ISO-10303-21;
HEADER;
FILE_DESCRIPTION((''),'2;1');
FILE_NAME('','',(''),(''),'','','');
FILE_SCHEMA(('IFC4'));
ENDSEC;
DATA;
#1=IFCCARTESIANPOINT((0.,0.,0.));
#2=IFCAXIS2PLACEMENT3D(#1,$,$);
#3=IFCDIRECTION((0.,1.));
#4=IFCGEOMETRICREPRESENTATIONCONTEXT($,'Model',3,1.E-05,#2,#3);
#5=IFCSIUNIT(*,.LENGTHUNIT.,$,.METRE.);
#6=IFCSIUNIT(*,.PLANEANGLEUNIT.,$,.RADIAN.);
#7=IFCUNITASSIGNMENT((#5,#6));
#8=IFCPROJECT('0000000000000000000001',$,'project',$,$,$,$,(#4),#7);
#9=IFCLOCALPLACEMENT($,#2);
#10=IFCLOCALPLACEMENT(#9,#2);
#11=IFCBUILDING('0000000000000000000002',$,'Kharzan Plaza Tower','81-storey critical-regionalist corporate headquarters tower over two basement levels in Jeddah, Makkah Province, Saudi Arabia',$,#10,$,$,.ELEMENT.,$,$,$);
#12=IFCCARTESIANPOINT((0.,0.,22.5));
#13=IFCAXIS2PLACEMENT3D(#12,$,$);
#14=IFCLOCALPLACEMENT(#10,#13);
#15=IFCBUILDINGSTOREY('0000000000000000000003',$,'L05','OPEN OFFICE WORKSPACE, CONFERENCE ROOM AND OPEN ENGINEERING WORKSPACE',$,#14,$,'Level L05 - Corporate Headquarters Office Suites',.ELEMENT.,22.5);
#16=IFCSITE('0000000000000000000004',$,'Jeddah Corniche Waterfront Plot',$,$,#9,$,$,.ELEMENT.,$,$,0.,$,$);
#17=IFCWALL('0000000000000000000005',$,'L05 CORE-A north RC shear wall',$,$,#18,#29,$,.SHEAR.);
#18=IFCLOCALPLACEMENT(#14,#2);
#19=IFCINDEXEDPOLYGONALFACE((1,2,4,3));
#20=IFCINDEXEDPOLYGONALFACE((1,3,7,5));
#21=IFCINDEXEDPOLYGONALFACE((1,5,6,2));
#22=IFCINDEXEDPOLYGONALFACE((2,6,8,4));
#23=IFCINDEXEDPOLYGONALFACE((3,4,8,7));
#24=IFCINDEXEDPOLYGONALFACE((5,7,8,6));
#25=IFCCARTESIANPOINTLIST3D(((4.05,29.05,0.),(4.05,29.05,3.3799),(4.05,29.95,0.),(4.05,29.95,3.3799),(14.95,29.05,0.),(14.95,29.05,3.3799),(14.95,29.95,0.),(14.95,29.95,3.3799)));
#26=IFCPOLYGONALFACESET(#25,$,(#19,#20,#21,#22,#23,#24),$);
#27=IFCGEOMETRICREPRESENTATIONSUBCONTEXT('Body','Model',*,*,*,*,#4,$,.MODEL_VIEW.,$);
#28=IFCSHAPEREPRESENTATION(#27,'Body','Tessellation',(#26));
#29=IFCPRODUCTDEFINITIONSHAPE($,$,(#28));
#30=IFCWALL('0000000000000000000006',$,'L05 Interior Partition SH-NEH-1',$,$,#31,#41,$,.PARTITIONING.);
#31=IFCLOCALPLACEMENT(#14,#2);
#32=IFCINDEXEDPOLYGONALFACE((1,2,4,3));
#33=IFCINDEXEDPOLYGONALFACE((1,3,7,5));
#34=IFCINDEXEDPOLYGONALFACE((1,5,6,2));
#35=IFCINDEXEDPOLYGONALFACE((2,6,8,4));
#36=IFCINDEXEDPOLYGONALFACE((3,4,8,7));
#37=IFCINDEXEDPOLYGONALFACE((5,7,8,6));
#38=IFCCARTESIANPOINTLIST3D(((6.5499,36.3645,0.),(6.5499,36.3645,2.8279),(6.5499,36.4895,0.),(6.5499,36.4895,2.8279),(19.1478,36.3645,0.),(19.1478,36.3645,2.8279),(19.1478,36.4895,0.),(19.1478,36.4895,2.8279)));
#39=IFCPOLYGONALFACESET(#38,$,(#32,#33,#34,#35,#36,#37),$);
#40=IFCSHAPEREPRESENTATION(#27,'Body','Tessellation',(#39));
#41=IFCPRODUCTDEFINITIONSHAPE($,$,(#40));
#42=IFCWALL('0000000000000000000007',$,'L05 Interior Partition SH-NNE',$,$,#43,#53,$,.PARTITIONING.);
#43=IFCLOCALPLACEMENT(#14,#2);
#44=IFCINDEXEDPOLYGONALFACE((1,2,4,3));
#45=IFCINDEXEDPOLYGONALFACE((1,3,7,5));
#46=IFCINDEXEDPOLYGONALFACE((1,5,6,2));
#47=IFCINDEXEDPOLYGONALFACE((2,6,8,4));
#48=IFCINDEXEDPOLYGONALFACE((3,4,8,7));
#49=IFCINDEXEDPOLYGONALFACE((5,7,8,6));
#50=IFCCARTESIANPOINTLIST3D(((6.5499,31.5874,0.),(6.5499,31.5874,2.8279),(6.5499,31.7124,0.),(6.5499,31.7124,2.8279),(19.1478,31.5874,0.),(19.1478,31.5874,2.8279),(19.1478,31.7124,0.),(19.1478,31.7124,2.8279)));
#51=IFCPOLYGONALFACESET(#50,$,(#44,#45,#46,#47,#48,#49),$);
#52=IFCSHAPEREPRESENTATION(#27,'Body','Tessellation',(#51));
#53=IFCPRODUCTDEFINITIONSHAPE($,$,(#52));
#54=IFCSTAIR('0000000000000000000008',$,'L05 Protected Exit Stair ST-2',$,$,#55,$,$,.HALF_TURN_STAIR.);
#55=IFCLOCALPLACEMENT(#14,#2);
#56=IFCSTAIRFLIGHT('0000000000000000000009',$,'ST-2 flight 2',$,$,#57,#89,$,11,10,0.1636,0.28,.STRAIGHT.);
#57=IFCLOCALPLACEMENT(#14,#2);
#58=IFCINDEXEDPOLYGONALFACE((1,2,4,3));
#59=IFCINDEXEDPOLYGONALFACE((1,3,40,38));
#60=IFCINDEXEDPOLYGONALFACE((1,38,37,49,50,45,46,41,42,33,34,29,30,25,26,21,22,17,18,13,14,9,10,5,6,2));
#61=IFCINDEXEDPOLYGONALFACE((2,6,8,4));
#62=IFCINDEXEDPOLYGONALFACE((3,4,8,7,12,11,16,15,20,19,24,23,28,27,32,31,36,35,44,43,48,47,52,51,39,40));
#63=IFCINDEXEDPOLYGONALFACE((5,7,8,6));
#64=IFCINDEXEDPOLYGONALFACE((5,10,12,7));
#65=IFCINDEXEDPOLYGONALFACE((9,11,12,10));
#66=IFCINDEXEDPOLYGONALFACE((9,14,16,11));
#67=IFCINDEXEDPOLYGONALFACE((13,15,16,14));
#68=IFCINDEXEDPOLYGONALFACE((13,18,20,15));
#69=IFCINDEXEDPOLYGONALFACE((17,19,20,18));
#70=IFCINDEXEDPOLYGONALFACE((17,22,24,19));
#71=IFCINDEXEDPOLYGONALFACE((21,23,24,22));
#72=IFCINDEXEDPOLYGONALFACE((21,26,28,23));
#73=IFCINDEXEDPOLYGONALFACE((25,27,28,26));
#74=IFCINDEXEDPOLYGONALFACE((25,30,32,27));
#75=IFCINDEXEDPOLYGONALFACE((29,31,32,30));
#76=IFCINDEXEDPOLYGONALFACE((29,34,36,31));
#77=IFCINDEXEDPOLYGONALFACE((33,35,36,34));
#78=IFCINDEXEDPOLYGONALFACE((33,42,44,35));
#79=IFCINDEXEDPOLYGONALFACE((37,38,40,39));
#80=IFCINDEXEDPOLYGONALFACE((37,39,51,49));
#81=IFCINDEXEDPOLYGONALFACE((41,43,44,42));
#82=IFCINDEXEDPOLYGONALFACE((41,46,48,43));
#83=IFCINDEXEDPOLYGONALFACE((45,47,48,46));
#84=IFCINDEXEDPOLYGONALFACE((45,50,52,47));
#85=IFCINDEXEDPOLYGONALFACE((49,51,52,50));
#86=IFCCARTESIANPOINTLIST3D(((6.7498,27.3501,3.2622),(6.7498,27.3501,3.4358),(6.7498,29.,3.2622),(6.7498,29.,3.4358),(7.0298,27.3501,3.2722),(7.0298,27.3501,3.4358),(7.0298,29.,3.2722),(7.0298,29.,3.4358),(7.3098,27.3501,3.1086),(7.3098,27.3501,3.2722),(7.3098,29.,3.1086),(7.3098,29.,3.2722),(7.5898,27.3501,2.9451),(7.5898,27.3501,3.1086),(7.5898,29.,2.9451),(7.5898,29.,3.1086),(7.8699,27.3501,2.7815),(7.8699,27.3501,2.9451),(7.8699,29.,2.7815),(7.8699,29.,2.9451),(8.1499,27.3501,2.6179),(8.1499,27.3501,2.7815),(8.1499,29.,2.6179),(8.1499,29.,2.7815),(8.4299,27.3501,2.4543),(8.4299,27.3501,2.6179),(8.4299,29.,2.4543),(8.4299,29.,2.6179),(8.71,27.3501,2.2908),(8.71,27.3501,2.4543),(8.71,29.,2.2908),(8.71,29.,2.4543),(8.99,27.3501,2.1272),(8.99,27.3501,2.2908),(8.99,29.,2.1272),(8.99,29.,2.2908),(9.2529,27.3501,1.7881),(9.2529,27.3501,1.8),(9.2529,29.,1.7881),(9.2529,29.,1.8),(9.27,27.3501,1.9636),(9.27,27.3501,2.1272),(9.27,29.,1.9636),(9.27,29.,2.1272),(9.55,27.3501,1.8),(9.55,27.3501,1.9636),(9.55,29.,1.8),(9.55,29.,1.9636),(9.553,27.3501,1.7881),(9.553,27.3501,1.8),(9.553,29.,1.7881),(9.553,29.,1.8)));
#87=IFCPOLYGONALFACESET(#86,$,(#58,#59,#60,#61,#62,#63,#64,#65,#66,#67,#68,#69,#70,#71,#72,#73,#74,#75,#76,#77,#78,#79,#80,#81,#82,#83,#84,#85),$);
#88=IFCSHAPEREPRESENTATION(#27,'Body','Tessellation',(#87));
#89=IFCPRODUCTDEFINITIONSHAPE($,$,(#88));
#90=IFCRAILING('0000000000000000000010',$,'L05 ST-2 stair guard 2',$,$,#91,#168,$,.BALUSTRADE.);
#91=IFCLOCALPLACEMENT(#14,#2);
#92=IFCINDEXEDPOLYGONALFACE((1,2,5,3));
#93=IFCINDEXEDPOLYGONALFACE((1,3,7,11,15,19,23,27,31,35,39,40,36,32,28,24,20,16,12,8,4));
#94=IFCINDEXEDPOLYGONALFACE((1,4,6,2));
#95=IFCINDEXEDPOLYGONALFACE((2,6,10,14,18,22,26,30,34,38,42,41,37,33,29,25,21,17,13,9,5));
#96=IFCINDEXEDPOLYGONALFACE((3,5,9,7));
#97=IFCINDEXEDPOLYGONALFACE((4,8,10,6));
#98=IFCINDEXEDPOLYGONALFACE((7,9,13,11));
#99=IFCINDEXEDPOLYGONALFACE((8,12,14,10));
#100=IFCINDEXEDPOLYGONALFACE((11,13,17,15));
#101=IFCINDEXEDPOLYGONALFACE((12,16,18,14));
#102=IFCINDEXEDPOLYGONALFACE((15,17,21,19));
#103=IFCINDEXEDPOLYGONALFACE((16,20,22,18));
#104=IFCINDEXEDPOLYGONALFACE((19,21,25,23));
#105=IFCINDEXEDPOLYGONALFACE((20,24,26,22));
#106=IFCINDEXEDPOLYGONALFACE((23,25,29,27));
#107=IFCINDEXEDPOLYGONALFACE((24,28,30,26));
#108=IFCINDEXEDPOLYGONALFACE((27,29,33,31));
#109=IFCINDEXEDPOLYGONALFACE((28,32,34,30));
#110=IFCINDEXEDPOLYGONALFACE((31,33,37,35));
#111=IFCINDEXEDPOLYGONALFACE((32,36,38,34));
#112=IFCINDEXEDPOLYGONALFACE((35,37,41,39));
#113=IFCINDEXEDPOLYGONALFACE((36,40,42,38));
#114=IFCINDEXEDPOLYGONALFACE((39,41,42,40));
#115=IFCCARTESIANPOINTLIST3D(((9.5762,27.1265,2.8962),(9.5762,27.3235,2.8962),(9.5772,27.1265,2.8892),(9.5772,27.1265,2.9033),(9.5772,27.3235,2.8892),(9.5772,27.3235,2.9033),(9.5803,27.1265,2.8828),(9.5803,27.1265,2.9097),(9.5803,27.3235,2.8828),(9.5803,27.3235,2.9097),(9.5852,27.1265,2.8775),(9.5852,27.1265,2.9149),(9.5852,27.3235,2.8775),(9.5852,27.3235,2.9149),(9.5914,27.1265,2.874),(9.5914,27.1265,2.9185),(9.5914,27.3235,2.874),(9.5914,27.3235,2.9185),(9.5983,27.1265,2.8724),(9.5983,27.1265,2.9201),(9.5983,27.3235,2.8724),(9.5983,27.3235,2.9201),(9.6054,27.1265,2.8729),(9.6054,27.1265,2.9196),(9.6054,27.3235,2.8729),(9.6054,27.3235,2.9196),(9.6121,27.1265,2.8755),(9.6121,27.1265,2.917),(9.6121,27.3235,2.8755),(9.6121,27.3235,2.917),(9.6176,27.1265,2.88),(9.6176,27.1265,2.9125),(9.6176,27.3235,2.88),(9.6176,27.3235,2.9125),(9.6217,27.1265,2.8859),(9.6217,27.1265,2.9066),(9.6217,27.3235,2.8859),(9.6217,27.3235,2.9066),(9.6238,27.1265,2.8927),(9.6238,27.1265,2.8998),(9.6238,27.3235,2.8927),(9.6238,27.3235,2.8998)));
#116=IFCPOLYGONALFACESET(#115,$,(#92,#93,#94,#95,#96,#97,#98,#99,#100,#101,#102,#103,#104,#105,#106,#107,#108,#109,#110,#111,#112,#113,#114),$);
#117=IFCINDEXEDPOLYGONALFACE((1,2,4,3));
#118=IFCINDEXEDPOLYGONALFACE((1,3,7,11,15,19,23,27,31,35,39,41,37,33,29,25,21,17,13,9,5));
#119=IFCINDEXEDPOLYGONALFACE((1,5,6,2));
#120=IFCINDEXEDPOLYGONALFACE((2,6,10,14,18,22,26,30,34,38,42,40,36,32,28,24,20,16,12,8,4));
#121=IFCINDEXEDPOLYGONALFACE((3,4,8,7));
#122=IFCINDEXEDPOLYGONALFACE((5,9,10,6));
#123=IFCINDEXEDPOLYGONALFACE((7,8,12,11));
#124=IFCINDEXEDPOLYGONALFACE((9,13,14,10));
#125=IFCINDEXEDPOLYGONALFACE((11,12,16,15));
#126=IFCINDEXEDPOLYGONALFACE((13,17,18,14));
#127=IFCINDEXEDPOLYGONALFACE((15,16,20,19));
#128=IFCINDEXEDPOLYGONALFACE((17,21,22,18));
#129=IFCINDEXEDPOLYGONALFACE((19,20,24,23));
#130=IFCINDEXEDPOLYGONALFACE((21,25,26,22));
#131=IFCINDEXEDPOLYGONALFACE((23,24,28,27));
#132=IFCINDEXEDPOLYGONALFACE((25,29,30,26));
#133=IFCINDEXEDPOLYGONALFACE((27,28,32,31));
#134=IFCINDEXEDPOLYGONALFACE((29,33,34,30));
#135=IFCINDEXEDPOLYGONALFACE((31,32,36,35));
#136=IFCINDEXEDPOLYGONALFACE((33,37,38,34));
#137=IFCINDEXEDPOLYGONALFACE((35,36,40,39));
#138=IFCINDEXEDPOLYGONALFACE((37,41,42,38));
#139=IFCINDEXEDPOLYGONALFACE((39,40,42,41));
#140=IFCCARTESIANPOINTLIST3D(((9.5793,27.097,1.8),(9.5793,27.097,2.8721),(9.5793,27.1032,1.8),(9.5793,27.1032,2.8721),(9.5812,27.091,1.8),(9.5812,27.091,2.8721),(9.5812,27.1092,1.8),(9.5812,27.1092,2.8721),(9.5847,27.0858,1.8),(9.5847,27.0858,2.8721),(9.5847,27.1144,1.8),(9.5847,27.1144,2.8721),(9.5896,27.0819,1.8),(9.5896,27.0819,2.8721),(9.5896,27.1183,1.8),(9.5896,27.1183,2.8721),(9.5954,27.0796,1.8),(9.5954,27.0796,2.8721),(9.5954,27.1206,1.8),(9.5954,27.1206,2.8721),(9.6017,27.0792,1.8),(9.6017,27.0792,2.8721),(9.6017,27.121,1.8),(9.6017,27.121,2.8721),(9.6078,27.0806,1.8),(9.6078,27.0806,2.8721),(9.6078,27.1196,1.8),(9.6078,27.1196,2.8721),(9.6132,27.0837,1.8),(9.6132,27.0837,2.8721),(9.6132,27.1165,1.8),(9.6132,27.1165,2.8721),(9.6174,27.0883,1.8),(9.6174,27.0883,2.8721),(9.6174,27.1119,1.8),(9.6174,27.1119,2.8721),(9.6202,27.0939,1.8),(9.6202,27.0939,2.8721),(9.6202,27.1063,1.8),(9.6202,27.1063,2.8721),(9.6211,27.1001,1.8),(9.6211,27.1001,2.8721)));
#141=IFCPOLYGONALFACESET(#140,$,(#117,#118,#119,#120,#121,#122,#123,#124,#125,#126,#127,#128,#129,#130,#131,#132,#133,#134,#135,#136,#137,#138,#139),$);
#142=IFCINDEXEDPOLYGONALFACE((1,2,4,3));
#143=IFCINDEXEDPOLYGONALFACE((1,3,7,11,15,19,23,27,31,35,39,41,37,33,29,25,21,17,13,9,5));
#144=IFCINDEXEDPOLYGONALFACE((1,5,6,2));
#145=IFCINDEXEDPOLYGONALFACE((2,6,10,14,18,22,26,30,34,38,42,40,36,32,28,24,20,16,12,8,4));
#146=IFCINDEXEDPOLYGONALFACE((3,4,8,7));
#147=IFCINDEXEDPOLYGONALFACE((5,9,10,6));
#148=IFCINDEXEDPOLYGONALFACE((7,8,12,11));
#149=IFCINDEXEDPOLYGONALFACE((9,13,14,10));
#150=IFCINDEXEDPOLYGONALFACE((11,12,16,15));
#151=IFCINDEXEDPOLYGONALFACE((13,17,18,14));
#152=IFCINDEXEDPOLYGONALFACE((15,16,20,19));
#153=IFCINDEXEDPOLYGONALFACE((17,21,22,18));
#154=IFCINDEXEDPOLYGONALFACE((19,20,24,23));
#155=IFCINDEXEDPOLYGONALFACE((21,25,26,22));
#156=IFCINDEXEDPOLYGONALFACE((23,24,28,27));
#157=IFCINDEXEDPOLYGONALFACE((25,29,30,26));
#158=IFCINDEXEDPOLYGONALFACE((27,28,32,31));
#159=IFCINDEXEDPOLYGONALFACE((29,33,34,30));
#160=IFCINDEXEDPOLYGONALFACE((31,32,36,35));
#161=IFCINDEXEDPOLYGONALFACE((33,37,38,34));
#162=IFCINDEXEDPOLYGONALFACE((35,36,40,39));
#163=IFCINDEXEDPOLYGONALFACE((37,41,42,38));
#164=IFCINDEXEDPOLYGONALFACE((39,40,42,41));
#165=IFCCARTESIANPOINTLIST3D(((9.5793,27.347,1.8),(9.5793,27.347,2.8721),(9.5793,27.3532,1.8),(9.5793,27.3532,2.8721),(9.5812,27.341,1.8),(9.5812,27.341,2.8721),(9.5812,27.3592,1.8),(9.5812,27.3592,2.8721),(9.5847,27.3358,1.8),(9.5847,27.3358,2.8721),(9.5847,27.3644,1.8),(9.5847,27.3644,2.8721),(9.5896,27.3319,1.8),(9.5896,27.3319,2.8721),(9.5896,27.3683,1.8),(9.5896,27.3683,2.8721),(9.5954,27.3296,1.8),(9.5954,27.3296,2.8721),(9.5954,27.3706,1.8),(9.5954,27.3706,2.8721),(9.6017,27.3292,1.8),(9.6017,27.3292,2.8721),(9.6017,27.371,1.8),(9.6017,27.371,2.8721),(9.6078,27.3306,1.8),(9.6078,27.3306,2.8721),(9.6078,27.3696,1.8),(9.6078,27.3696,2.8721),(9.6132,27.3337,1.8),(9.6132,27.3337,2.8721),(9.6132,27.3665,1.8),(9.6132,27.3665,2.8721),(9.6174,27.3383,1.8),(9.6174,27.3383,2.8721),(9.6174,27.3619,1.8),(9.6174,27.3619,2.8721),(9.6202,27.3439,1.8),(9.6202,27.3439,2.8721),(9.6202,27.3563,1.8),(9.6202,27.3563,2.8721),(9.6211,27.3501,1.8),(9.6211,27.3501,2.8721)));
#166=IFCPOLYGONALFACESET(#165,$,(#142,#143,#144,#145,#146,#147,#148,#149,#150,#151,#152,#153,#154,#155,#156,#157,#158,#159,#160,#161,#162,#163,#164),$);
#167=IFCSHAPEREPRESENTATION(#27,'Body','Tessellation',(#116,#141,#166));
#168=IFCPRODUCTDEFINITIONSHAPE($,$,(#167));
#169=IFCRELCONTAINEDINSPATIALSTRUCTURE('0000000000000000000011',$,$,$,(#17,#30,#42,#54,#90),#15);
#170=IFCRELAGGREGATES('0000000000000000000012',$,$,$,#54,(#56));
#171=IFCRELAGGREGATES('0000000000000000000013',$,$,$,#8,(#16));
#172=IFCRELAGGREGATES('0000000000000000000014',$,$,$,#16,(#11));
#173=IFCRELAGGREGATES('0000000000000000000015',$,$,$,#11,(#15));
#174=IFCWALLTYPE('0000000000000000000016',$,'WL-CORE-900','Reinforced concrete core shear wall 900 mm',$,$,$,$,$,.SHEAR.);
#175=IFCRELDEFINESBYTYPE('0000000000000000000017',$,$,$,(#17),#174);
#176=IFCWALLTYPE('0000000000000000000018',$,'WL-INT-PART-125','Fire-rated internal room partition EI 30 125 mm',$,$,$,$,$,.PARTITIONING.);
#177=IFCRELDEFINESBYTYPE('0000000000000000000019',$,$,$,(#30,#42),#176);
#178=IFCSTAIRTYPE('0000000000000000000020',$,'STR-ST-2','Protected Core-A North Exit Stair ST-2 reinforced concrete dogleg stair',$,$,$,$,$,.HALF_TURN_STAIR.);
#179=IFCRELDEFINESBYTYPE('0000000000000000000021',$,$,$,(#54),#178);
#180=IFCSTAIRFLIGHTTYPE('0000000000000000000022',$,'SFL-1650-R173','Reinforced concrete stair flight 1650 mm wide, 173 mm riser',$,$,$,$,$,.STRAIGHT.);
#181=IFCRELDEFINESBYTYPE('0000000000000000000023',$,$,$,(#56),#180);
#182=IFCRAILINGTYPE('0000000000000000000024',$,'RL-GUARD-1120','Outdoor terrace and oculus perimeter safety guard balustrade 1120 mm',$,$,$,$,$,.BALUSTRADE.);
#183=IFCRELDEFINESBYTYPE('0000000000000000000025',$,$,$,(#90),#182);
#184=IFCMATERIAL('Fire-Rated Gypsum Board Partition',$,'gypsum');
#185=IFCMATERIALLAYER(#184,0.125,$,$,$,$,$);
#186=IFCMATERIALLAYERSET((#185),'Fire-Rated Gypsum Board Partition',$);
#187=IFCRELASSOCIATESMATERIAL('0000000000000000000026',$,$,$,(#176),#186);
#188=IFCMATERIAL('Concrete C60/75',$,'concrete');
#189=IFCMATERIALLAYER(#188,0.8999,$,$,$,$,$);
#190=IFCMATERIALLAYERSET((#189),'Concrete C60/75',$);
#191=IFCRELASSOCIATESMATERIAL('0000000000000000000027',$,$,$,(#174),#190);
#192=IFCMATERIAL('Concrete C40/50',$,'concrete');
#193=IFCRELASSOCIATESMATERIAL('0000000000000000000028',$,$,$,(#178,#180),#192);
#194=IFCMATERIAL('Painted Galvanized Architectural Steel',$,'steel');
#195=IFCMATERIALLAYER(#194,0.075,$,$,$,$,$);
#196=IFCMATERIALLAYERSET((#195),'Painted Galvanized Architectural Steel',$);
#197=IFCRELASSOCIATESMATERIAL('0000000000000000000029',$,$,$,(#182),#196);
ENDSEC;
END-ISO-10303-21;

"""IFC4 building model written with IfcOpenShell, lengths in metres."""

from ifc_helpers import new_model, si_unit, direction, frame, frame_2d, origin, origin_2d, place, context, subcontext, project, spatial, polyline, rectangle, circle, outline, extrude, source, transform, mapped, material, layer, layer_set, type_object, element, aggregate, save


model = new_model("IFC4")

# Units and contexts
model_context = context("Model", 3, precision=1e-05, world=origin(), true_north=direction((0.0, 1.0)))
body_context = subcontext(model_context, "Body", "Model", "MODEL_VIEW")
ifc_project = project(units=[si_unit("LENGTHUNIT", "METRE"), si_unit("PLANEANGLEUNIT", "RADIAN")], contexts=[model_context])

# Site, building, storey
site_placement = place(None, origin())
site = spatial("IfcSite", under=ifc_project, at=site_placement, Name="Jeddah Corniche Waterfront Plot", CompositionType="ELEMENT", RefElevation=0.0)
building_placement = place(site_placement, origin())
building = spatial("IfcBuilding", under=site, at=building_placement, Name="Kharzan Plaza Tower", Description="81-storey critical-regionalist corporate headquarters tower over two basement levels in Jeddah, Makkah Province, Saudi Arabia", CompositionType="ELEMENT")
storey_placement = place(building_placement, frame((0.0, 0.0, 22.5)))
storey = spatial("IfcBuildingStorey", under=building, at=storey_placement, Name="L05", Description="OPEN OFFICE WORKSPACE, CONFERENCE ROOM AND OPEN ENGINEERING WORKSPACE", LongName="Level L05 - Corporate Headquarters Office Suites", CompositionType="ELEMENT", Elevation=22.5)

# Shared definitions
ifc_material_1 = material(Name="Fire-Rated Gypsum Board Partition", Category="gypsum")
ifc_layer_1 = layer(ifc_material_1, 0.125)
ifc_layer_set_1 = layer_set([ifc_layer_1], Name="Fire-Rated Gypsum Board Partition")
wall_type_1 = type_object("IfcWallType", Name="WL-INT-PART-125", Description="Fire-rated internal room partition EI 30 125 mm", PredefinedType="PARTITIONING", material=ifc_layer_set_1)

# Walls
ifc_material_2 = material(Name="Concrete C60/75", Category="concrete")
ifc_layer_2 = layer(ifc_material_2, 0.8999)
ifc_layer_set_2 = layer_set([ifc_layer_2], Name="Concrete C60/75")
wall_type_2 = type_object("IfcWallType", Name="WL-CORE-900", Description="Reinforced concrete core shear wall 900 mm", PredefinedType="SHEAR", material=ifc_layer_set_2)
shared_shape_1 = source(origin(), body_context, "Body", "SweptSolid", [
    extrude(rectangle(XDim=10.8999, YDim=0.8999, at=frame_2d((5.45, 0.0))), origin(), (0.0, 0.0, 1.0), 3.3799),
])
wall_1_placement = place(storey_placement, frame((4.05, 29.5, 0.0), z_axis=(0.0, 0.0, 1.0), x_axis=(1.0, 0.0, 0.0)))
element("IfcWall", 1, at=wall_1_placement, inside=storey, type_object=wall_type_2, Name="L05 CORE-A north RC shear wall", PredefinedType="SHEAR", context=body_context, shape_type="MappedRepresentation", body=[
    mapped(shared_shape_1, transform((0.0, 0.0, 0.0), x_axis=(1.0, 0.0, 0.0), y_axis=(0.0, 1.0, 0.0), z_axis=(0.0, 0.0, 1.0))),
])
shared_shape_2 = source(origin(), body_context, "Body", "SweptSolid", [
    extrude(rectangle(XDim=12.5979, YDim=0.125, at=frame_2d((6.2988, 0.0))), origin(), (0.0, 0.0, 1.0), 2.8279),
])
for number, where, z_axis, x_axis, name in (
    (2, (6.55, 36.427, 0.0), (0.0, 0.0, 1.0), (1.0, 0.0, 0.0), "L05 Interior Partition SH-NEH-1"),
    (3, (6.55, 31.6499, 0.0), (0.0, 0.0, 1.0), (1.0, 0.0, 0.0), "L05 Interior Partition SH-NNE"),
):
    element("IfcWall", number, at=place(storey_placement, frame(where, z_axis=z_axis, x_axis=x_axis)), inside=storey, type_object=wall_type_1, Name=name, PredefinedType="PARTITIONING", context=body_context, shape_type="MappedRepresentation", body=[
        mapped(shared_shape_2, transform((0.0, 0.0, 0.0), x_axis=(1.0, 0.0, 0.0), y_axis=(0.0, 1.0, 0.0), z_axis=(0.0, 0.0, 1.0))),
    ])

# Stair, stair flight
ifc_material_3 = material(Name="Concrete C40/50", Category="concrete")
stair_type = type_object("IfcStairType", Name="STR-ST-2", Description="Protected Core-A North Exit Stair ST-2 reinforced concrete dogleg stair", PredefinedType="HALF_TURN_STAIR", material=ifc_material_3)
stair_placement = place(storey_placement, origin())
stair = element("IfcStair", 4, at=stair_placement, inside=storey, type_object=stair_type, Name="L05 Protected Exit Stair ST-2", PredefinedType="HALF_TURN_STAIR")
stair_flight_type = type_object("IfcStairFlightType", Name="SFL-1650-R173", Description="Reinforced concrete stair flight 1650 mm wide, 173 mm riser", PredefinedType="STRAIGHT", material=ifc_material_3)
shared_shape_3 = source(origin(), body_context, "Body", "SweptSolid", [
    extrude(outline(polyline([(-0.0029, -0.012), (-0.0029, 0.0), (0.0, 0.0), (0.0, 0.1636), (0.28, 0.1636), (0.28, 0.3271), (0.5601, 0.3271), (0.5601, 0.4907), (0.8401, 0.4907), (0.8401, 0.6543), (1.1201, 0.6543), (1.1201, 0.8179), (1.4001, 0.8179), (1.4001, 0.9814), (1.6802, 0.9814), (1.6802, 1.145), (1.9602, 1.145), (1.9602, 1.3086), (2.2402, 1.3086), (2.2402, 1.4722), (2.5203, 1.4722), (2.5203, 1.6357), (2.8003, 1.6357), (2.8003, 1.7993), (2.8003, 1.4622), (0.2971, 0.0), (0.2971, -0.012), (-0.0029, -0.012)])), frame((0.0, 0.825, 0.0), z_axis=(0.0, -1.0, 0.0), x_axis=(1.0, 0.0, 0.0)), (0.0, 0.0, 1.0), 1.6499),
])
stair_flight_placement = place(storey_placement, frame((9.55, 28.175, 1.8), z_axis=(0.0, 0.0, 1.0), x_axis=(-1.0, 0.0, 0.0)))
stair_flight = element("IfcStairFlight", 5, at=stair_flight_placement, type_object=stair_flight_type, Name="ST-2 flight 2", NumberOfRisers=11, NumberOfTreads=10, PredefinedType="STRAIGHT", RiserHeight=0.1636, TreadLength=0.28, context=body_context, shape_type="MappedRepresentation", body=[
    mapped(shared_shape_3, transform((0.0, 0.0, 0.0), x_axis=(1.0, 0.0, 0.0), y_axis=(0.0, 1.0, 0.0), z_axis=(0.0, 0.0, 1.0))),
])
aggregate(stair, [stair_flight])

# Railing
ifc_material_4 = material(Name="Painted Galvanized Architectural Steel", Category="steel")
ifc_layer_3 = layer(ifc_material_4, 0.075)
ifc_layer_set_3 = layer_set([ifc_layer_3], Name="Painted Galvanized Architectural Steel")
railing_type_1 = type_object("IfcRailingType", Name="RL-GUARD-1120", Description="Outdoor terrace and oculus perimeter safety guard balustrade 1120 mm", PredefinedType="BALUSTRADE", material=ifc_layer_set_3)
shared_shape_4 = source(origin(), body_context, "Body", "SweptSolid", [
    extrude(circle(Radius=0.0239, at=origin_2d()), frame((0.0, 0.0264, 1.0962), z_axis=(0.0, 1.0, 0.0), x_axis=(-1.0, 0.0, 0.0)), (0.0, 0.0, 1.0), 0.197),
    extrude(circle(Radius=0.021, at=origin_2d()), origin(), (0.0, 0.0, 1.0), 1.072),
    extrude(circle(Radius=0.021, at=origin_2d()), frame((0.0, 0.25, 0.0)), (0.0, 0.0, 1.0), 1.072),
])
for number, where, name in (
    (6, (9.6001, 27.1001, 1.8), "L05 ST-2 stair guard 2"),
):
    element("IfcRailing", number, at=place(storey_placement, frame(where)), inside=storey, type_object=railing_type_1, Name=name, PredefinedType="BALUSTRADE", context=body_context, shape_type="MappedRepresentation", body=[
        mapped(shared_shape_4, transform((0.0, 0.0, 0.0), x_axis=(1.0, 0.0, 0.0), y_axis=(0.0, 1.0, 0.0), z_axis=(0.0, 0.0, 1.0))),
    ])

save(model, "model.ifc")
